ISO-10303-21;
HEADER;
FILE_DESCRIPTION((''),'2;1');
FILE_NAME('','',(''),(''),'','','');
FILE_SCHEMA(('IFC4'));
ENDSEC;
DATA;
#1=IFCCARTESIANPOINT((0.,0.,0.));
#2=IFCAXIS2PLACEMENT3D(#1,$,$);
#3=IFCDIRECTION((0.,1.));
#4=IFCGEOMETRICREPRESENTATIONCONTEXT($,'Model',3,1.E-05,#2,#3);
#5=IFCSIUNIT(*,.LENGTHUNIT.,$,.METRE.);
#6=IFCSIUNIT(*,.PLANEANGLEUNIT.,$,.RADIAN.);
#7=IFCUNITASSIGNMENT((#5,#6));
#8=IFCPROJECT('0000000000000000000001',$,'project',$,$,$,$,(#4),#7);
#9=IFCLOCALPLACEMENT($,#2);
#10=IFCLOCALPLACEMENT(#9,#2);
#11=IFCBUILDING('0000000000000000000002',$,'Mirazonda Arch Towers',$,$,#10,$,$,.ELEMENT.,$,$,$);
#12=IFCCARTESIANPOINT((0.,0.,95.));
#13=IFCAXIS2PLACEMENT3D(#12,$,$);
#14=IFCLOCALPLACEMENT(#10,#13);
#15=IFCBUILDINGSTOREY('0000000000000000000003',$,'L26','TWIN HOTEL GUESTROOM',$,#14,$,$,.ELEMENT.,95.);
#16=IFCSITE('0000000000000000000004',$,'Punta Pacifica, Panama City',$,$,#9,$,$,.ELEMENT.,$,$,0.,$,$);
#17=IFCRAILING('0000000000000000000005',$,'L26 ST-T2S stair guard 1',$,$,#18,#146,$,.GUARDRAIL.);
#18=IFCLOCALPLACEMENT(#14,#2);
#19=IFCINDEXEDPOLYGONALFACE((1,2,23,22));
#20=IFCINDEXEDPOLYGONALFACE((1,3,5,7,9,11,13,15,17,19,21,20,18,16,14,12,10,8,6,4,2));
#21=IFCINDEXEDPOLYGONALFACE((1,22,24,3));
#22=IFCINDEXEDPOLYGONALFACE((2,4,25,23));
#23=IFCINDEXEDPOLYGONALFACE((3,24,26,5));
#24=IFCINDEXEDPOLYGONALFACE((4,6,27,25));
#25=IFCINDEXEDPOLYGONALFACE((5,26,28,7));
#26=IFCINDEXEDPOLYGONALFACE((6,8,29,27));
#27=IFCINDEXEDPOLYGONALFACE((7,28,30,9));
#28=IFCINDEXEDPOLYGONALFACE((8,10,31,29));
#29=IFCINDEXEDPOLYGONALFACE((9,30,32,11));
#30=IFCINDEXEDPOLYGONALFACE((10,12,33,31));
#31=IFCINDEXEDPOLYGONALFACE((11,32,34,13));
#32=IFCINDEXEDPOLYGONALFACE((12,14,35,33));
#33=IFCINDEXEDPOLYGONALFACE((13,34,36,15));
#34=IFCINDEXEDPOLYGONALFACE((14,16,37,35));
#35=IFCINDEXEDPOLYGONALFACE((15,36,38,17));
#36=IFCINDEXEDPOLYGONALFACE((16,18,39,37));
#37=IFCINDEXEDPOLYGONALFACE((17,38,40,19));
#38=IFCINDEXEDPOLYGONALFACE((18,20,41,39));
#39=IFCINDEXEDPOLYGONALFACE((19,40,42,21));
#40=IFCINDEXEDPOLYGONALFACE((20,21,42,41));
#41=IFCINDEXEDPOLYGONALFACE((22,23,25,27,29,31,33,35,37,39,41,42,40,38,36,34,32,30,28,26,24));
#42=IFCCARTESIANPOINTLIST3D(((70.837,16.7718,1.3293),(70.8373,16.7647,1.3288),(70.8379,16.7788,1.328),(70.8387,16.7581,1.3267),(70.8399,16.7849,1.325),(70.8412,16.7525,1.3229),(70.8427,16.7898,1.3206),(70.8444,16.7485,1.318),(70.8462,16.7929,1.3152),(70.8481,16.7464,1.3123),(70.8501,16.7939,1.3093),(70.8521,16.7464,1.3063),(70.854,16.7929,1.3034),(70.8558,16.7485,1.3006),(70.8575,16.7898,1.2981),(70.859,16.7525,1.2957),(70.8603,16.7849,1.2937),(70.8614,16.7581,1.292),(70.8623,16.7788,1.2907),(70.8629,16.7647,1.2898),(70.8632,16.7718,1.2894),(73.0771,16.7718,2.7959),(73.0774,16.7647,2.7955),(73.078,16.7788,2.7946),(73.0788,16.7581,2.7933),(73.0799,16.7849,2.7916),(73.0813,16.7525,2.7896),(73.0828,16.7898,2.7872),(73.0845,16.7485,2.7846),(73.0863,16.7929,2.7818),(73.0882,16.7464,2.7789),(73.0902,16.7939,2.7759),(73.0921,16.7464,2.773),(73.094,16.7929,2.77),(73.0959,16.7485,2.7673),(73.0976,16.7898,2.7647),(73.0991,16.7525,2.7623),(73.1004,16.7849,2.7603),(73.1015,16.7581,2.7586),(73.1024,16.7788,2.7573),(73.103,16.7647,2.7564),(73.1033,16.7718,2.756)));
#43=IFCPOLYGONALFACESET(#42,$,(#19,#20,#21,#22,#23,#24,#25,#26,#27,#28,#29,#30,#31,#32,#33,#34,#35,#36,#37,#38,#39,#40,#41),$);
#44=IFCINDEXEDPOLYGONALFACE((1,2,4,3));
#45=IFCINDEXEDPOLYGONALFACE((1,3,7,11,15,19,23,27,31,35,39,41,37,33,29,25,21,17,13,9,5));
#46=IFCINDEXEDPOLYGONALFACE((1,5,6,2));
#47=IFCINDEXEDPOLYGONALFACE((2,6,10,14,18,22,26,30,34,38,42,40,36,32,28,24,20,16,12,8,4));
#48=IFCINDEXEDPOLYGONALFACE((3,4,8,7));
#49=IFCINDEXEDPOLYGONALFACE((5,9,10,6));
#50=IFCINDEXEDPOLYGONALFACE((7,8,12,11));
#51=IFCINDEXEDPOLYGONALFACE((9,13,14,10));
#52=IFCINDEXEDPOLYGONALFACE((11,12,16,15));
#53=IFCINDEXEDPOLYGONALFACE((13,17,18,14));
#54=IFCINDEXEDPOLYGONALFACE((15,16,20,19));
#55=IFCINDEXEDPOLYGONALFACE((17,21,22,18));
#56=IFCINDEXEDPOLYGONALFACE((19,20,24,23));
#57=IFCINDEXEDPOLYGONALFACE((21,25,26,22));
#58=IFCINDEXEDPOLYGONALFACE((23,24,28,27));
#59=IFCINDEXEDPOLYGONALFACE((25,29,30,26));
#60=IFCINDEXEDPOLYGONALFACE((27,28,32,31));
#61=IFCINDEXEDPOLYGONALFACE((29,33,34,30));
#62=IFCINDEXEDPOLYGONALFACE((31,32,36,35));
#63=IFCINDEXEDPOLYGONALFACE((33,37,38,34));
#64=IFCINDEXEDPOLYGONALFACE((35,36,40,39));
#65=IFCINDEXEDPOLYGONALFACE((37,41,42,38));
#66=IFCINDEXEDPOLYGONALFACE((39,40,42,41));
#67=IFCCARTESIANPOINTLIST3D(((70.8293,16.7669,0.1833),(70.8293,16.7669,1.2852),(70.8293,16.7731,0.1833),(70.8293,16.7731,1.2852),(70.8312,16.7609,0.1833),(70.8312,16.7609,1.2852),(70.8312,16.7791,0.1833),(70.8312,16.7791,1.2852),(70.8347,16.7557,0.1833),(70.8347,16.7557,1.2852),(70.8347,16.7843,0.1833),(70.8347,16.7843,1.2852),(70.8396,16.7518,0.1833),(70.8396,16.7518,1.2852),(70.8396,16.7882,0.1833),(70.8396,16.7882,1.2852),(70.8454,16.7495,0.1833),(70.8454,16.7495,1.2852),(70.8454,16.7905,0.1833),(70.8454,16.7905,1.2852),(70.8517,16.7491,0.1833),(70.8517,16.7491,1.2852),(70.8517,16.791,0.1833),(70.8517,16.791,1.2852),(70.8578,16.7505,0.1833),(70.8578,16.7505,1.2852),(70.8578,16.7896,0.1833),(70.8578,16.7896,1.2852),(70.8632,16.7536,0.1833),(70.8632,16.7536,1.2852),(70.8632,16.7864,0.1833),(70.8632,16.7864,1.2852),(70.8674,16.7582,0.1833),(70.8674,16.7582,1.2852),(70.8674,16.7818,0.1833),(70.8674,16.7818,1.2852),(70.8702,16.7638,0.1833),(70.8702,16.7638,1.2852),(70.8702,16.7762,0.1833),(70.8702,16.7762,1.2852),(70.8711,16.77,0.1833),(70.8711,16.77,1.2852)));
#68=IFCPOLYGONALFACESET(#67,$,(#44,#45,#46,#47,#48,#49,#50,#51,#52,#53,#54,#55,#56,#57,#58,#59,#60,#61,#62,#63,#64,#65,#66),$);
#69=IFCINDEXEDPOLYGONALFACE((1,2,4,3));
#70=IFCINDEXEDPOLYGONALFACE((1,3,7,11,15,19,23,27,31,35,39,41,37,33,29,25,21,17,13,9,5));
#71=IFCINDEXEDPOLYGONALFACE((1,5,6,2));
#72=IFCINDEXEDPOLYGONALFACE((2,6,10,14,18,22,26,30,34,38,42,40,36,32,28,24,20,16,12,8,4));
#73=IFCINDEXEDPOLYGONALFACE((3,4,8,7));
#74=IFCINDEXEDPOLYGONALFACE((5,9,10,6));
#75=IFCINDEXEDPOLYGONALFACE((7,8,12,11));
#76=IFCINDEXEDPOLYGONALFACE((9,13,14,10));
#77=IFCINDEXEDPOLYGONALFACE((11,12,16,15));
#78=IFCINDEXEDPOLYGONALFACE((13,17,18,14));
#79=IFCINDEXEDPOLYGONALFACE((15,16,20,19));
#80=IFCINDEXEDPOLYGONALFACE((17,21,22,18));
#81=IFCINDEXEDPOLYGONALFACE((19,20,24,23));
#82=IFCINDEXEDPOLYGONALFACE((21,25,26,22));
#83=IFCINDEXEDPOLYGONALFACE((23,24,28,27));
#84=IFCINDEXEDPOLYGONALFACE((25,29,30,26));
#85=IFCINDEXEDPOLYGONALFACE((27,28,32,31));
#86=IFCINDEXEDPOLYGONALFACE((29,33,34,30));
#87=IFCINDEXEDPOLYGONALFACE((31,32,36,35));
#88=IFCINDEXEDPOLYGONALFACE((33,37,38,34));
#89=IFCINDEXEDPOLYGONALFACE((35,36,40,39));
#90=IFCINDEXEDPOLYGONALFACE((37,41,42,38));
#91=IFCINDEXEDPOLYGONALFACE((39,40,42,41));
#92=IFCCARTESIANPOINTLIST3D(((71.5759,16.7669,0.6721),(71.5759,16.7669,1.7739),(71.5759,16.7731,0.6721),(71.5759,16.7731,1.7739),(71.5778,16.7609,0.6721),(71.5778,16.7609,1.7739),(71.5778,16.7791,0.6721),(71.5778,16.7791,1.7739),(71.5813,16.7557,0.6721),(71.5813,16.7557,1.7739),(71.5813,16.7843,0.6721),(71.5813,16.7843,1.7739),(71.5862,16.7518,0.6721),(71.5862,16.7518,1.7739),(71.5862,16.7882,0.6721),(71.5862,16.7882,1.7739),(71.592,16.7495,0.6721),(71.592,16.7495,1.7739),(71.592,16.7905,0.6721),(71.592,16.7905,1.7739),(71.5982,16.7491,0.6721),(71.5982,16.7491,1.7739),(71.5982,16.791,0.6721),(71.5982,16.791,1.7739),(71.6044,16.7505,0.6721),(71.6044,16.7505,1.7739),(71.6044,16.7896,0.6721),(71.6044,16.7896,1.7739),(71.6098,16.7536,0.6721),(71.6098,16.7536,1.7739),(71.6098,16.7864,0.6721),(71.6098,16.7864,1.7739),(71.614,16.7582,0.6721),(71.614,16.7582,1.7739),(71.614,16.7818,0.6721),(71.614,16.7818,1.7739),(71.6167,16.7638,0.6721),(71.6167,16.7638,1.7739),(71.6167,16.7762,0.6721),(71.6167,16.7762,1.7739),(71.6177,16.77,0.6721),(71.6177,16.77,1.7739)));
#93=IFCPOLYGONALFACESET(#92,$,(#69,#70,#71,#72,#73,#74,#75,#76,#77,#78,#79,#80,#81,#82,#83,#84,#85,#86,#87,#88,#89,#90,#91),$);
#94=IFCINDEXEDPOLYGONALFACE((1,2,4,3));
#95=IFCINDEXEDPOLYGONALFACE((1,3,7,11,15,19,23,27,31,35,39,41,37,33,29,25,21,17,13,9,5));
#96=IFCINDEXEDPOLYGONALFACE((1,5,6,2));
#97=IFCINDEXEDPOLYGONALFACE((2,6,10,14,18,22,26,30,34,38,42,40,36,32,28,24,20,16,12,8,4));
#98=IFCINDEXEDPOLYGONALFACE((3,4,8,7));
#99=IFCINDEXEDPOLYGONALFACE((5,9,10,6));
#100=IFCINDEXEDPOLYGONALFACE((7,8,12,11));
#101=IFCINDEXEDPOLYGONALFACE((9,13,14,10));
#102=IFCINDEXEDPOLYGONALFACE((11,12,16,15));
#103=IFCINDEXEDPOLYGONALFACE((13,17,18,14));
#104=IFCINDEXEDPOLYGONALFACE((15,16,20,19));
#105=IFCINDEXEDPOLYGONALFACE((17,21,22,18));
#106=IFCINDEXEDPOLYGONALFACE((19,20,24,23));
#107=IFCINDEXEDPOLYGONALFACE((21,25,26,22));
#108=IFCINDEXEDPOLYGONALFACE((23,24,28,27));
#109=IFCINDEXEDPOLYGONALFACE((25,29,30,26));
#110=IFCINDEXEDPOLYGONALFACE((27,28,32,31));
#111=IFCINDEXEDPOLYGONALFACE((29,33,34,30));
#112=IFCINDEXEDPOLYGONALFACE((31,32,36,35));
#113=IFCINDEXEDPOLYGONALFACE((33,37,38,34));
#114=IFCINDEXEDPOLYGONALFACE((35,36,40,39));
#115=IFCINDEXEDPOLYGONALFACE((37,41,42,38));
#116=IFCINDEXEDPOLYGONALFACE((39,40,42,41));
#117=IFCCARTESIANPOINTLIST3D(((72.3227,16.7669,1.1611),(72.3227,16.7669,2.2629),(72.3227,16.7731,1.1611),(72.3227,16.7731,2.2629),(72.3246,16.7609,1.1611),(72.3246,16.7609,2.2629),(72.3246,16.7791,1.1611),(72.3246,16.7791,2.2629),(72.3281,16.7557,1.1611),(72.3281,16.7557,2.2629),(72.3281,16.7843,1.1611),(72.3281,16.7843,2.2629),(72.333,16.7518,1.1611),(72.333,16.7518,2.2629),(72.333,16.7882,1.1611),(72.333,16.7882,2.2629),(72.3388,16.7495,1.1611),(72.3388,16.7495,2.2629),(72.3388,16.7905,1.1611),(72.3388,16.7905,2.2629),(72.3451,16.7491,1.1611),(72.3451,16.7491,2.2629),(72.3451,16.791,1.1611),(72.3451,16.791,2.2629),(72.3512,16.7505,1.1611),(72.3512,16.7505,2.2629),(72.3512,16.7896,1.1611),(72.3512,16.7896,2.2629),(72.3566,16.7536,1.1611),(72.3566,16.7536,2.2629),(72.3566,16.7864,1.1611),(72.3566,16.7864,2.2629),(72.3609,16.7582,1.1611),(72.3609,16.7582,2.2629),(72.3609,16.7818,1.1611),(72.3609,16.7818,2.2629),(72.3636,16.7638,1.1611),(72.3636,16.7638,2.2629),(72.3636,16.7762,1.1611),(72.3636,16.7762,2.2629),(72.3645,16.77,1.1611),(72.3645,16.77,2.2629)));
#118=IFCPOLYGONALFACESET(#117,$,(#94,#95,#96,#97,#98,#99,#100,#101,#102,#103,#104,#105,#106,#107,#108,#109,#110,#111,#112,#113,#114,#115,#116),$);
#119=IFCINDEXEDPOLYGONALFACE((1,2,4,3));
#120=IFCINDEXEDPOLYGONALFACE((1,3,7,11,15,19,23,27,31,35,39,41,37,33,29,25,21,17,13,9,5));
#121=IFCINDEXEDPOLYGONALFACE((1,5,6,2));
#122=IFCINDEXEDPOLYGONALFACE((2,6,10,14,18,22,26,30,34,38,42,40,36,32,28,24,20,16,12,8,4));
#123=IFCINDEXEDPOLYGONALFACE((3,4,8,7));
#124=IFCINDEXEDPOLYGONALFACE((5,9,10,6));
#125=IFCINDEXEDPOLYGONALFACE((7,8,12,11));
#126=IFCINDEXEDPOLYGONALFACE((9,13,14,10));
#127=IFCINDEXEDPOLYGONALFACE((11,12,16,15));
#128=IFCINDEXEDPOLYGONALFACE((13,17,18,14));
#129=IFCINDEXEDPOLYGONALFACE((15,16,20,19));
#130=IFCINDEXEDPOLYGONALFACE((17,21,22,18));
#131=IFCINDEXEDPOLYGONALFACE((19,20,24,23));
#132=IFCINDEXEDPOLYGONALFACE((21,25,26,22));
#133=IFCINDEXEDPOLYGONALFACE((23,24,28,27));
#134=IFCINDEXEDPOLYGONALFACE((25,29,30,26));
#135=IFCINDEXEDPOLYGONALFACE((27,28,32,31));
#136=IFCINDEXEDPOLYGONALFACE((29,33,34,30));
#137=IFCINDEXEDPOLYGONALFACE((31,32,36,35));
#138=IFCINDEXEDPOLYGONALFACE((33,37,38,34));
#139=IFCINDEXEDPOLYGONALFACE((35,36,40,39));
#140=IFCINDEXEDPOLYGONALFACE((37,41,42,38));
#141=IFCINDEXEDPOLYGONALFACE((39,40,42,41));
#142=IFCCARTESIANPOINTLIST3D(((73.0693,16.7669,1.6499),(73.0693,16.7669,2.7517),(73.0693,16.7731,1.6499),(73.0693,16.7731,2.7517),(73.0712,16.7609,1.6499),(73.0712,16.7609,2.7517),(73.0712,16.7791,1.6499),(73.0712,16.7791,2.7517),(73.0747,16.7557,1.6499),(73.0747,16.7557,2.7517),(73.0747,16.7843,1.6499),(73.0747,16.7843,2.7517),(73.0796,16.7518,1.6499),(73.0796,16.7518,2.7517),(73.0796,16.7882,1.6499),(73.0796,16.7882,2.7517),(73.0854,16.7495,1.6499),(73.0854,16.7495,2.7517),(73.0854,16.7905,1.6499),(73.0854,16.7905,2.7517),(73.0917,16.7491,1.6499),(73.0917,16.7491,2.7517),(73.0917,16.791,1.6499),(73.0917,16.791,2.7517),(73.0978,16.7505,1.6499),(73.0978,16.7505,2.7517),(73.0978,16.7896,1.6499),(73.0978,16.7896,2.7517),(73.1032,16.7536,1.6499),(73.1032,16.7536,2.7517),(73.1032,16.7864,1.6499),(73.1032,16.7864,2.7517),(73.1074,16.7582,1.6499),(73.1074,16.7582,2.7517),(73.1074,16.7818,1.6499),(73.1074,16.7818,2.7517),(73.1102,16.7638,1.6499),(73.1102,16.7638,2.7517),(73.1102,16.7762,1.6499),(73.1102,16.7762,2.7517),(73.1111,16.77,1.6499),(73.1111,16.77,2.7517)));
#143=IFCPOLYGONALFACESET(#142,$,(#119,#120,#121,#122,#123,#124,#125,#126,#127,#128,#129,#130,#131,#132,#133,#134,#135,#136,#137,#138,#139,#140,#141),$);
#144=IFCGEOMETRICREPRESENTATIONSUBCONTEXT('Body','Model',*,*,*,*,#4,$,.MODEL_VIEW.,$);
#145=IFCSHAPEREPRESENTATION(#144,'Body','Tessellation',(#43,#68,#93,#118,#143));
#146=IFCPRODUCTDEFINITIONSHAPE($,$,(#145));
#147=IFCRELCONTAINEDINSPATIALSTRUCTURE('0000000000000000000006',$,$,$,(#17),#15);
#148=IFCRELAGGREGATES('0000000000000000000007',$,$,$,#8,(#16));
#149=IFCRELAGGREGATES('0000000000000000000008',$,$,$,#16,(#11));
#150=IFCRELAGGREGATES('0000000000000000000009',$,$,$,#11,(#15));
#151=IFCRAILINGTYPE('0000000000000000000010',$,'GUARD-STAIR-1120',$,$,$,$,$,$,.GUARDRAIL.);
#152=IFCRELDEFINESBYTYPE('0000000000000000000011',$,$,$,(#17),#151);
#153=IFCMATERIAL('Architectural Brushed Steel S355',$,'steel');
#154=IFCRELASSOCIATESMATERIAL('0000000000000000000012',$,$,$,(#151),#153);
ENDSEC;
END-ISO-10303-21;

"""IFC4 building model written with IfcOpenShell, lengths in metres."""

from ifc_helpers import new_model, si_unit, direction, frame, origin, origin_2d, place, context, subcontext, project, spatial, circle, extrude, material, type_object, element, save


model = new_model("IFC4")

# Units and contexts
model_context = context("Model", 3, precision=1e-05, world=origin(), true_north=direction((0.0, 1.0)))
body_context = subcontext(model_context, "Body", "Model", "MODEL_VIEW")
ifc_project = project(units=[si_unit("LENGTHUNIT", "METRE"), si_unit("PLANEANGLEUNIT", "RADIAN")], contexts=[model_context])

# Site, building, storey
site_placement = place(None, origin())
site = spatial("IfcSite", under=ifc_project, at=site_placement, Name="Punta Pacifica, Panama City", CompositionType="ELEMENT", RefElevation=0.0)
building_placement = place(site_placement, origin())
building = spatial("IfcBuilding", under=site, at=building_placement, Name="Mirazonda Arch Towers", CompositionType="ELEMENT")
storey_placement = place(building_placement, frame((0.0, 0.0, 95.0)))
storey = spatial("IfcBuildingStorey", under=building, at=storey_placement, Name="L26", Description="TWIN HOTEL GUESTROOM", CompositionType="ELEMENT", Elevation=95.0)

# Shared definitions
ifc_material_1 = material(Name="Architectural Brushed Steel S355", Category="steel")

# Railing
railing_type_1 = type_object("IfcRailingType", Name="GUARD-STAIR-1120", PredefinedType="GUARDRAIL", material=ifc_material_1)
railing_1_placement = place(storey_placement, frame((70.8501, 16.77, 0.1833)))
element("IfcRailing", 1, at=railing_1_placement, inside=storey, type_object=railing_type_1, Name="L26 ST-T2S stair guard 1", PredefinedType="GUARDRAIL", context=body_context, shape_type="SweptSolid", body=[
    extrude(circle(Radius=0.0239, at=origin_2d()), frame((0.0, 0.0, 1.126), z_axis=(0.836637, 0.0, 0.547758), x_axis=(0.0, 1.0, 0.0)), (0.0, 0.0, 1.0), 2.6775),
    extrude(circle(Radius=0.021, at=origin_2d()), origin(), (0.0, 0.0, 1.0), 1.1018),
    extrude(circle(Radius=0.021, at=origin_2d()), frame((0.7466, 0.0, 0.4888)), (0.0, 0.0, 1.0), 1.1018),
    extrude(circle(Radius=0.021, at=origin_2d()), frame((1.4934, 0.0, 0.9778)), (0.0, 0.0, 1.0), 1.1018),
    extrude(circle(Radius=0.021, at=origin_2d()), frame((2.24, 0.0, 1.4666)), (0.0, 0.0, 1.0), 1.1018),
])

save(model, "model.ifc")
